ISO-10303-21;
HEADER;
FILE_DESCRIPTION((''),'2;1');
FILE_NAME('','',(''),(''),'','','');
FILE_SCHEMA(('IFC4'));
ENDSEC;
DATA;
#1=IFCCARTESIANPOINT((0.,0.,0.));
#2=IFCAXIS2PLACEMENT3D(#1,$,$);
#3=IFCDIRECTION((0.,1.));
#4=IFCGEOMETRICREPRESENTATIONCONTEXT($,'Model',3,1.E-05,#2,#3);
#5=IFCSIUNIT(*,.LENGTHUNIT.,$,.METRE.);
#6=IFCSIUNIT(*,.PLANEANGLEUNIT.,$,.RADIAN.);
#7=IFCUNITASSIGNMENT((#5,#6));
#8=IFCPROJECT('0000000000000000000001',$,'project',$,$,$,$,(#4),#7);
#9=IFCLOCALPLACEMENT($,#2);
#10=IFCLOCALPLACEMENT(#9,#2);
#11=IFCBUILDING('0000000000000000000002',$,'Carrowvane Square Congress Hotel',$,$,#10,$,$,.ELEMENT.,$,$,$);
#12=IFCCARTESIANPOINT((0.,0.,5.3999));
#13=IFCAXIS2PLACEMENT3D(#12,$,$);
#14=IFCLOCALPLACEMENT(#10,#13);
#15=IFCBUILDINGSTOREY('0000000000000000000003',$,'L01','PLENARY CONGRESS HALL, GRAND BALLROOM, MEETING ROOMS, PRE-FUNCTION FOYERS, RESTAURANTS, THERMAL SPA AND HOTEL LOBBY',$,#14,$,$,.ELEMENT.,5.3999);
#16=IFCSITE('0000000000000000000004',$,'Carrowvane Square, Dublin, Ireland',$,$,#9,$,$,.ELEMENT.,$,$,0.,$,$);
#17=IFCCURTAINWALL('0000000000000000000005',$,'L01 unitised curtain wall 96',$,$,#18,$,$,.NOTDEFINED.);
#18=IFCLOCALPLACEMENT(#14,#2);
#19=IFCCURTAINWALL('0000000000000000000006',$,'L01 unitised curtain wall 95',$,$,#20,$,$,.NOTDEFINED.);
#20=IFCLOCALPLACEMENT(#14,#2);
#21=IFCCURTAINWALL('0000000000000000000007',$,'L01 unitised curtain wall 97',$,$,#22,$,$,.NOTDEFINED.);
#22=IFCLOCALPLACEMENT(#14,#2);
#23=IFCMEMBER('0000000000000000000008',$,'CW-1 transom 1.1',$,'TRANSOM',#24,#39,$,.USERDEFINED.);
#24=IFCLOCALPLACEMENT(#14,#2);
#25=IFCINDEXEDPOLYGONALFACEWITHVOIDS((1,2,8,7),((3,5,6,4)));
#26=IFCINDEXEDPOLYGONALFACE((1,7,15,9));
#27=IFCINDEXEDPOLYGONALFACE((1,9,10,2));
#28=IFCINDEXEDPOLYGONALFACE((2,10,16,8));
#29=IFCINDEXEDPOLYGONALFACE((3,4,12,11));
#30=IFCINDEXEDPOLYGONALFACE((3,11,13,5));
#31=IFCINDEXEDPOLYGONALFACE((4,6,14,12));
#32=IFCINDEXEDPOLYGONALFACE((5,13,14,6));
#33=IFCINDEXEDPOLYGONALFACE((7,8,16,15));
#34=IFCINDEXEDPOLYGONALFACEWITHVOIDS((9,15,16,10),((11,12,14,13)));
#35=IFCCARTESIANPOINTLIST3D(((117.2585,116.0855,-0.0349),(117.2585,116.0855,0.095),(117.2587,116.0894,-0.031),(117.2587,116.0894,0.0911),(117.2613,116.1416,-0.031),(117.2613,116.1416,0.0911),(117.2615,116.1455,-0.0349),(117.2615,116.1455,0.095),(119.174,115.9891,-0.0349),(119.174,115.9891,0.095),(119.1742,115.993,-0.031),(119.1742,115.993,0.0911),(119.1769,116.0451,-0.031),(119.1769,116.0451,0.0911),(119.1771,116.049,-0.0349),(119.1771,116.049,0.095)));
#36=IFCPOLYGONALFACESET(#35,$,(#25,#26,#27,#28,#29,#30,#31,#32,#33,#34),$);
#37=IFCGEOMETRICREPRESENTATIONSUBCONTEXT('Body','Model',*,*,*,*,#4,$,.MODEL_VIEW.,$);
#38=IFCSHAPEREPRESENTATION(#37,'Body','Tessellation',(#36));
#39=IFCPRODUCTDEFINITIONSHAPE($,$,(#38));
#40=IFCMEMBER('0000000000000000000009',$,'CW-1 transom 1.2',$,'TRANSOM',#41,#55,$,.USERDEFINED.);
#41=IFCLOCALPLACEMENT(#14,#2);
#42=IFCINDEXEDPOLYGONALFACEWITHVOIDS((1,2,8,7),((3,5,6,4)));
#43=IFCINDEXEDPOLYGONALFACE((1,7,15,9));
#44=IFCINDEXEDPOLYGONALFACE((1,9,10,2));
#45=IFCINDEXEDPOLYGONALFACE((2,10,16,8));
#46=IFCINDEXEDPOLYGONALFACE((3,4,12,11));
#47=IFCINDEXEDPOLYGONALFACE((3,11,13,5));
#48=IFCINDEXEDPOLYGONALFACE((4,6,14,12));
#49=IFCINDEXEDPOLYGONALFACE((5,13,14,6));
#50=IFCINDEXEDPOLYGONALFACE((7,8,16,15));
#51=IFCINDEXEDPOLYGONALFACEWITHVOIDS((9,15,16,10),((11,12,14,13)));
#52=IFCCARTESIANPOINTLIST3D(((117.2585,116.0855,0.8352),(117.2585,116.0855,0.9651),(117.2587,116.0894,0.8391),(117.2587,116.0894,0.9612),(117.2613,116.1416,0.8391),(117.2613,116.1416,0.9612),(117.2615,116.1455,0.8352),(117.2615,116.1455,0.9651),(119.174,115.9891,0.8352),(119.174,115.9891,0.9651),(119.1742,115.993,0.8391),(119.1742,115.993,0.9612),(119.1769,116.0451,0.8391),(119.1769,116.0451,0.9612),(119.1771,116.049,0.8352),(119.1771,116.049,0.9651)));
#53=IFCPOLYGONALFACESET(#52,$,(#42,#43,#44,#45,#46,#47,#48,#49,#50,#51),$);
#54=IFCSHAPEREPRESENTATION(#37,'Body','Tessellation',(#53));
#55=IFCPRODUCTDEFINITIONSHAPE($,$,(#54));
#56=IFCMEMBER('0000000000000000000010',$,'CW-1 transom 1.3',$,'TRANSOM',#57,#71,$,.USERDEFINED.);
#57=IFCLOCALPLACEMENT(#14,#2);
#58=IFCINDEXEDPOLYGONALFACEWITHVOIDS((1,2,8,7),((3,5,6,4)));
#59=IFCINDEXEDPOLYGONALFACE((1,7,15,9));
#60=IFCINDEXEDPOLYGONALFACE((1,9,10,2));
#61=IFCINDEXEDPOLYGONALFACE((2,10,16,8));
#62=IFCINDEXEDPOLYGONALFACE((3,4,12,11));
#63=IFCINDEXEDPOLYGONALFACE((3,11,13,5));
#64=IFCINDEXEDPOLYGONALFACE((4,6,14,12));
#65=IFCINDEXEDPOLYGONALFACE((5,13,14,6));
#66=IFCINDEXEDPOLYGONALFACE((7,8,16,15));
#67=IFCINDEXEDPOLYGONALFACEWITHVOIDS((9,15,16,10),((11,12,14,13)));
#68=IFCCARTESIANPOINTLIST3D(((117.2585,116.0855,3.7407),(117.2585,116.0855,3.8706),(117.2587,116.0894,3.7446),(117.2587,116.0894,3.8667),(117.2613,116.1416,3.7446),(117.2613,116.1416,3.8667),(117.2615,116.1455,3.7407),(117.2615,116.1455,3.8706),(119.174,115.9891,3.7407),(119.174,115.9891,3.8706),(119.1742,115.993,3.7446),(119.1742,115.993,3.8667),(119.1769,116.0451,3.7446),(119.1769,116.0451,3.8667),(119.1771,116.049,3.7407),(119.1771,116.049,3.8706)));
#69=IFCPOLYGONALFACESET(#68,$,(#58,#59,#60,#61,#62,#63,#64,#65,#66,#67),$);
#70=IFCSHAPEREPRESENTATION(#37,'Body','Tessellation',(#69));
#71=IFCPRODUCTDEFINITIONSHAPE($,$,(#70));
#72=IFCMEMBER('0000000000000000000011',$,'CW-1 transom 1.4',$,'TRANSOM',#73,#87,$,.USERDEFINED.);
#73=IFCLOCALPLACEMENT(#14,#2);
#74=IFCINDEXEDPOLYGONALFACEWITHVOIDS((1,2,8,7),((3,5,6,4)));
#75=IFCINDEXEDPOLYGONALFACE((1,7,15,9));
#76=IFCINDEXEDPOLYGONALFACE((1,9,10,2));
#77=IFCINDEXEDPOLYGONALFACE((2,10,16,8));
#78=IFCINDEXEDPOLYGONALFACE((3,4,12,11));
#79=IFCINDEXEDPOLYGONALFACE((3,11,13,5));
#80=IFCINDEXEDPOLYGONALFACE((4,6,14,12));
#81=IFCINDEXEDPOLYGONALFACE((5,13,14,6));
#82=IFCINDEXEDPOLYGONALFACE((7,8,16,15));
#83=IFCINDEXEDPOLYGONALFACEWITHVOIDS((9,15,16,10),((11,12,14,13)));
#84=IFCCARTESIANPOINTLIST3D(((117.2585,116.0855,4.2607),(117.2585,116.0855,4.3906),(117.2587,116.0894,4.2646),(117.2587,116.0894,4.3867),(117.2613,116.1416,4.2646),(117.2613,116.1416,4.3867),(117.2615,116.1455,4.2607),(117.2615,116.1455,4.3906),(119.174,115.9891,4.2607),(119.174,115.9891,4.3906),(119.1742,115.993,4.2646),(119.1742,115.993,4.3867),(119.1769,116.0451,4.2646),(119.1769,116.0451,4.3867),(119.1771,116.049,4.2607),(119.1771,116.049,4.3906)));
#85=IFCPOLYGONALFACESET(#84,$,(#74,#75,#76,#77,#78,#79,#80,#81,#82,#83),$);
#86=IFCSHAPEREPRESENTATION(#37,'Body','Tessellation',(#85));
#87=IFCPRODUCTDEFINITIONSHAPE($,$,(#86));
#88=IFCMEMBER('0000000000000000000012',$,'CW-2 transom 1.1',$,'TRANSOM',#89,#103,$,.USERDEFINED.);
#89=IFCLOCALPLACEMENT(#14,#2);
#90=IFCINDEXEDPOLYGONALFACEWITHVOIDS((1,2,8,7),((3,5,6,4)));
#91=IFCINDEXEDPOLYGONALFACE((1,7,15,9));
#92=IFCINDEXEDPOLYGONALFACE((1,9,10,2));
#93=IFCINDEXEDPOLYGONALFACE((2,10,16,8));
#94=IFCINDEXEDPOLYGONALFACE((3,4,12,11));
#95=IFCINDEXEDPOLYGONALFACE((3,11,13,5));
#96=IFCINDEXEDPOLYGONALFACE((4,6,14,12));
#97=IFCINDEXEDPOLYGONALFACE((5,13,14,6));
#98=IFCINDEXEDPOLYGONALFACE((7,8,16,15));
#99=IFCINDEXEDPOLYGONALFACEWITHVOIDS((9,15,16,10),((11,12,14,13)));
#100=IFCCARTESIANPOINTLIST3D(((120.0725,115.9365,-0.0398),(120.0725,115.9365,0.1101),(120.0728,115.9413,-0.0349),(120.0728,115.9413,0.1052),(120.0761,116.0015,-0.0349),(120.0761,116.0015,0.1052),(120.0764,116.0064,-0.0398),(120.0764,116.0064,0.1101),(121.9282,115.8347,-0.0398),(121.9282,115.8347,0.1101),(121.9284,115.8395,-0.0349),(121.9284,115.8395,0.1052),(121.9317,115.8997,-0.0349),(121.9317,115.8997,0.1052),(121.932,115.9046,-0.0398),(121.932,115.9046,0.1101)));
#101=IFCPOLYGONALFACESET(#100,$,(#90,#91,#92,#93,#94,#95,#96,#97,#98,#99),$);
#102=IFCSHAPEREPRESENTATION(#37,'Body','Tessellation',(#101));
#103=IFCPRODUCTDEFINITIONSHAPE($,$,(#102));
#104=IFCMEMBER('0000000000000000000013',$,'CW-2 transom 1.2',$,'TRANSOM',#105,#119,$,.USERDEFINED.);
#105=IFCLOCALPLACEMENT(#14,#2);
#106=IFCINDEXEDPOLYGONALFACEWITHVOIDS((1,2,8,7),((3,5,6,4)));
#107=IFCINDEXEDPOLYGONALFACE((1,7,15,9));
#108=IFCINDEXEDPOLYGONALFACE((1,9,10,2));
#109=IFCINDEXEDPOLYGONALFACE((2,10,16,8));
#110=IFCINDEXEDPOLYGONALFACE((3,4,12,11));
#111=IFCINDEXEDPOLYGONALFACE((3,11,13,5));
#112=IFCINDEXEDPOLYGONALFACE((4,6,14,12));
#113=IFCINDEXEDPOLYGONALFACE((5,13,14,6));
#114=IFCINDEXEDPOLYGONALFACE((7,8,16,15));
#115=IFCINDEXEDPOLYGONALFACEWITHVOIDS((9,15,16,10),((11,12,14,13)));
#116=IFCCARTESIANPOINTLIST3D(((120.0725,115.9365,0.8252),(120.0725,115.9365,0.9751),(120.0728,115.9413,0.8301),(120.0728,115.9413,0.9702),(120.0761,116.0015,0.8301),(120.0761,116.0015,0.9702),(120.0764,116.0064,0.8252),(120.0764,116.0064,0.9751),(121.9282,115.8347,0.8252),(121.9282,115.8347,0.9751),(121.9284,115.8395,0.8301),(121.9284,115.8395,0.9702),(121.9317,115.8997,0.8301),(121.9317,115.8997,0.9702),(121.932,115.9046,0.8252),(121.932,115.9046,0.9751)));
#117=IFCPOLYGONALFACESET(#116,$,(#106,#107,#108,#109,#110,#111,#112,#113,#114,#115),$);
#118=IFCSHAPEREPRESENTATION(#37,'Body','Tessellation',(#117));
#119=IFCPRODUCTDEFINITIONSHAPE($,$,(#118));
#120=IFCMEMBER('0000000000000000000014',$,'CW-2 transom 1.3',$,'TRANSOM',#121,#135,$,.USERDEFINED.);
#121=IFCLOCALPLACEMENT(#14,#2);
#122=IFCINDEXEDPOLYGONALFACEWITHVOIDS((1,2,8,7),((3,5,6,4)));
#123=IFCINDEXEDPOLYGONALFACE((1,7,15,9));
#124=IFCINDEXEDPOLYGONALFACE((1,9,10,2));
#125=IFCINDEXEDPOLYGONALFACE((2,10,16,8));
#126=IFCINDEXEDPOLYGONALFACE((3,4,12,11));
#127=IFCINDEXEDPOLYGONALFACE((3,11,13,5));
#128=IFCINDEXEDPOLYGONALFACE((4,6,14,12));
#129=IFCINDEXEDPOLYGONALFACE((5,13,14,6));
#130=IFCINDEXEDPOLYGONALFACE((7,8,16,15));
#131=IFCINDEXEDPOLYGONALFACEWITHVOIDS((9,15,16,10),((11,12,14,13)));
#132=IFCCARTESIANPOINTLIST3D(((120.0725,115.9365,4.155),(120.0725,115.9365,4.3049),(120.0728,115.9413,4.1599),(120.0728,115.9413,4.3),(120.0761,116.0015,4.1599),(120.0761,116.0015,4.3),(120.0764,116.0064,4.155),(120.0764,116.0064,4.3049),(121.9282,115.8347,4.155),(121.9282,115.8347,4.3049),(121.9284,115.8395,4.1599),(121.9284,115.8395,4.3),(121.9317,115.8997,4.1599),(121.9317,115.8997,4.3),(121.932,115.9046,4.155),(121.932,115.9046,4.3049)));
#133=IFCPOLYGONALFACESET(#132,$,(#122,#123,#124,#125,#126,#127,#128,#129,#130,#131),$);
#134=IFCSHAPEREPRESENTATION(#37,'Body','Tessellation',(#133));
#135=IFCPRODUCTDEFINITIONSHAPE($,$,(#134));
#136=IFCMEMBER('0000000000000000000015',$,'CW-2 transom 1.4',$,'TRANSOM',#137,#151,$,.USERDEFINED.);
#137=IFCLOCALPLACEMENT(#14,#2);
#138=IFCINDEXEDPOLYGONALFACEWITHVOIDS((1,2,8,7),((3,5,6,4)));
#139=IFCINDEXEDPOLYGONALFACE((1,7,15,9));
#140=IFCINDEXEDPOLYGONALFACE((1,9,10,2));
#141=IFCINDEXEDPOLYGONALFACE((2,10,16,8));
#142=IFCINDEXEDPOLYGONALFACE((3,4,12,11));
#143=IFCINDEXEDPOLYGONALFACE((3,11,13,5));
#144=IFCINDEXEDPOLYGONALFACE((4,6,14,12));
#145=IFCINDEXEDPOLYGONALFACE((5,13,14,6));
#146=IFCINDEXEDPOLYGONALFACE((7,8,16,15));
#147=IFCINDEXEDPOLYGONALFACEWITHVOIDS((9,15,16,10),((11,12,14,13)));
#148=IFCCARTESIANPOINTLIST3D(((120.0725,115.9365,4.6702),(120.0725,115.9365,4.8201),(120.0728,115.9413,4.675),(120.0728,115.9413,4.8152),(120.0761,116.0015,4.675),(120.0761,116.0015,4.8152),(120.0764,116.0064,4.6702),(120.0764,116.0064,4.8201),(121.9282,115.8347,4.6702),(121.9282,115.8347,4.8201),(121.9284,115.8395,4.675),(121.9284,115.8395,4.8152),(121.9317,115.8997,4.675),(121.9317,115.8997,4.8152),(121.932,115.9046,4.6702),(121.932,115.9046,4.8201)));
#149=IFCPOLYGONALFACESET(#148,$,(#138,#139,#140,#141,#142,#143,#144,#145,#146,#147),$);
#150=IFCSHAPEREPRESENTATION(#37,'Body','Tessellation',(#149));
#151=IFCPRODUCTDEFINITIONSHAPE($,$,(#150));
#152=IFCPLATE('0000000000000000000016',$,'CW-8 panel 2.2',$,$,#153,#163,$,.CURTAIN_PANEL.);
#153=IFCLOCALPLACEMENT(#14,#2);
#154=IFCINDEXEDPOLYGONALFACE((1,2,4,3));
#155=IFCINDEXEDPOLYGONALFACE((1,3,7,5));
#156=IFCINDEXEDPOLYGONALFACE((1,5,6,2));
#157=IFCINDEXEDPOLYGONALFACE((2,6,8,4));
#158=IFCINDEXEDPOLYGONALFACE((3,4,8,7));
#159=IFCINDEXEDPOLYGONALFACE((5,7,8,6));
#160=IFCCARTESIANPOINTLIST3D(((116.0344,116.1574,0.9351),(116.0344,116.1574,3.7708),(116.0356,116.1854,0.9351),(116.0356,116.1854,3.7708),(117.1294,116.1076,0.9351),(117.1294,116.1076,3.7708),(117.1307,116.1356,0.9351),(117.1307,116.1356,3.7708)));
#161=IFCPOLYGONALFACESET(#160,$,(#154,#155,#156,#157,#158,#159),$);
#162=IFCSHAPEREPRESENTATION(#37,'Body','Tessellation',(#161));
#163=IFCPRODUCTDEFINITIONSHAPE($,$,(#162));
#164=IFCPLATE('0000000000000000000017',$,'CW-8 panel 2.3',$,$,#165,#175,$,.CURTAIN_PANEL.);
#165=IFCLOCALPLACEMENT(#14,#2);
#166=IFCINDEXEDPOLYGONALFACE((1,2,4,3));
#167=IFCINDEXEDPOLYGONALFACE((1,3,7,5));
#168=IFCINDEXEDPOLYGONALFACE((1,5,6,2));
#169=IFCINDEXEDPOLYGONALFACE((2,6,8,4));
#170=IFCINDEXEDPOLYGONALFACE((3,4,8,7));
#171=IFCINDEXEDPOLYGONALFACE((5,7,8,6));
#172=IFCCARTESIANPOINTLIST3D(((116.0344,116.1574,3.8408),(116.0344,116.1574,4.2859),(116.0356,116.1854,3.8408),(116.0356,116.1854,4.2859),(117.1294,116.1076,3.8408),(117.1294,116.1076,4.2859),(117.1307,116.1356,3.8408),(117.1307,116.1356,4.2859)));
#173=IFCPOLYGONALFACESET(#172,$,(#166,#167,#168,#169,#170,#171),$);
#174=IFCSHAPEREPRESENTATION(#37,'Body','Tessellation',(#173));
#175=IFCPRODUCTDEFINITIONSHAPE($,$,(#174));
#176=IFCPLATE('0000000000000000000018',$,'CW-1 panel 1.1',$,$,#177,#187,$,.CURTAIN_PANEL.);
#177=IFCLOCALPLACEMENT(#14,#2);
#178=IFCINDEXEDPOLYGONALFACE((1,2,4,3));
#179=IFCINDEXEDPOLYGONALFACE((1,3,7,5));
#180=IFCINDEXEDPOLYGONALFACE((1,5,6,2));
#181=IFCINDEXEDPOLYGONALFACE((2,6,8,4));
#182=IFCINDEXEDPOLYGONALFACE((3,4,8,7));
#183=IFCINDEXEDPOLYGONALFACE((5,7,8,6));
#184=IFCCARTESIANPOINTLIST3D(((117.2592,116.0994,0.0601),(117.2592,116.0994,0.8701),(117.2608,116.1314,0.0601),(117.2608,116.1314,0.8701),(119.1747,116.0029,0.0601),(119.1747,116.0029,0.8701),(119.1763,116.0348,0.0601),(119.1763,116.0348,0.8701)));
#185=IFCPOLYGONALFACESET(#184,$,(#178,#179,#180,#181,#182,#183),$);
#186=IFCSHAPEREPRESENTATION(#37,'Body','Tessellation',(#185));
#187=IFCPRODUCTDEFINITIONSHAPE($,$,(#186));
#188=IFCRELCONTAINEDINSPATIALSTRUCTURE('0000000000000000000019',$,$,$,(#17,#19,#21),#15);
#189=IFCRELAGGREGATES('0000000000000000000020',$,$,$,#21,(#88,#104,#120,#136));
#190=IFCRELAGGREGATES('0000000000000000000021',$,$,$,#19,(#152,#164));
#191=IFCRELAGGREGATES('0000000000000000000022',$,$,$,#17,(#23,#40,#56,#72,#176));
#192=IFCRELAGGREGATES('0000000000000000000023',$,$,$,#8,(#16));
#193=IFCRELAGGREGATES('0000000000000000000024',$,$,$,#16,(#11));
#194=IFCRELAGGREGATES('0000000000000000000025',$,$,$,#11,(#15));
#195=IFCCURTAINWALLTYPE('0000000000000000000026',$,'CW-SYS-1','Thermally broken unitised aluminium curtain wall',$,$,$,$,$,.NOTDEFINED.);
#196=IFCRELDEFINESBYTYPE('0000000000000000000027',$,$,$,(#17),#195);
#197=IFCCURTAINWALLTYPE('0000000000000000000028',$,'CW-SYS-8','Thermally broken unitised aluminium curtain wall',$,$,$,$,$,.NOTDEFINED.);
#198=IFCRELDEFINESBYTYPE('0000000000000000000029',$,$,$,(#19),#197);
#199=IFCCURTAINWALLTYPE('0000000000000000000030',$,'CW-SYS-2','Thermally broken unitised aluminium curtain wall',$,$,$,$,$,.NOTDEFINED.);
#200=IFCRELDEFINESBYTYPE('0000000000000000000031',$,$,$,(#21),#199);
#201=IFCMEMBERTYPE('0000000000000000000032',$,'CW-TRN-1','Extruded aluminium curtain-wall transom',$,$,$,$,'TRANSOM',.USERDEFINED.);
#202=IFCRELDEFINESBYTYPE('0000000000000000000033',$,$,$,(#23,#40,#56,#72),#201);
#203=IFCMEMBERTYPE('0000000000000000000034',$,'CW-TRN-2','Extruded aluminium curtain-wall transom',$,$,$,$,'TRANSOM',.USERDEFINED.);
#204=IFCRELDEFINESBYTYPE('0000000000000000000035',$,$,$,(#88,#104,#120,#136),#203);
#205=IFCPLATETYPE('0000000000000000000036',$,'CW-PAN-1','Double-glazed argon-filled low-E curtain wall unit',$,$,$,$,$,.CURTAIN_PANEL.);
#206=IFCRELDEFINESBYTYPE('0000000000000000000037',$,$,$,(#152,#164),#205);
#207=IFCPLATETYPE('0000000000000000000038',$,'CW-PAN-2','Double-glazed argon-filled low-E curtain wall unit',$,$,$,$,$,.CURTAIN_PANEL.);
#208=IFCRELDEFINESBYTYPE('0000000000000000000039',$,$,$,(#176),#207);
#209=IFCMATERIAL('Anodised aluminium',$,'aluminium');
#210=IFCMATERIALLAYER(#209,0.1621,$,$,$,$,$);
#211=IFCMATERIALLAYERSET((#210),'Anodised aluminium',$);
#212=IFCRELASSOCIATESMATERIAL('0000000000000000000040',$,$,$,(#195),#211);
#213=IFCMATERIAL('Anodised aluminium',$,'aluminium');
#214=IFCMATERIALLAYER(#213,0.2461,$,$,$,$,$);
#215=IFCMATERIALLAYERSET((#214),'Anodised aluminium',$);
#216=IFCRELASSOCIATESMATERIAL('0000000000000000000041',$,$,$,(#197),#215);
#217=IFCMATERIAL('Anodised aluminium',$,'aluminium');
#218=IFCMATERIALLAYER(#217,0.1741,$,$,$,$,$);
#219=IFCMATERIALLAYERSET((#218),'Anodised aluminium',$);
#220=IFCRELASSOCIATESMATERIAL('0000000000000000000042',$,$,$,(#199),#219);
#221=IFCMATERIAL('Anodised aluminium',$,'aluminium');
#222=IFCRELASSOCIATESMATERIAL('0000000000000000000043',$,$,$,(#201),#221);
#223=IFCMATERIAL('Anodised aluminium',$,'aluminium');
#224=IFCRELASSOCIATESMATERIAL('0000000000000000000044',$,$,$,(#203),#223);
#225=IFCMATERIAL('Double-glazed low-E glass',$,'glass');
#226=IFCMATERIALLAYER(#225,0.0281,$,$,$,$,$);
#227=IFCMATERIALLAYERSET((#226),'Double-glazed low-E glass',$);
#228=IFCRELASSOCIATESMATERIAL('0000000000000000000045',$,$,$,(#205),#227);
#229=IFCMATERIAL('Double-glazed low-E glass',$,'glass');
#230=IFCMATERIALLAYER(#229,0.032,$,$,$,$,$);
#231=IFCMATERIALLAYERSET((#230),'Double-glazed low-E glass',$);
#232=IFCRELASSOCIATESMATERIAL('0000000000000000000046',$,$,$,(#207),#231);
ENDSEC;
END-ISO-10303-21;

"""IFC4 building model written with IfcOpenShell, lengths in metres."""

from ifc_helpers import new_model, si_unit, direction, frame, origin, origin_2d, place, context, subcontext, project, spatial, rectangle, hollow_rectangle, extrude, material, layer, layer_set, material_profile, profile_set, type_object, element, aggregate, save


model = new_model("IFC4")

# Units and contexts
model_context = context("Model", 3, precision=1e-05, world=origin(), true_north=direction((0.0, 1.0)))
body_context = subcontext(model_context, "Body", "Model", "MODEL_VIEW")
ifc_project = project(units=[si_unit("LENGTHUNIT", "METRE"), si_unit("PLANEANGLEUNIT", "RADIAN")], contexts=[model_context])

# Site, building, storey
site_placement = place(None, origin())
site = spatial("IfcSite", under=ifc_project, at=site_placement, Name="Carrowvane Square, Dublin, Ireland", CompositionType="ELEMENT", RefElevation=0.0)
building_placement = place(site_placement, origin())
building = spatial("IfcBuilding", under=site, at=building_placement, Name="Carrowvane Square Congress Hotel", CompositionType="ELEMENT")
storey_placement = place(building_placement, frame((0.0, 0.0, 5.3999)))
storey = spatial("IfcBuildingStorey", under=building, at=storey_placement, Name="L01", Description="PLENARY CONGRESS HALL, GRAND BALLROOM, MEETING ROOMS, PRE-FUNCTION FOYERS, RESTAURANTS, THERMAL SPA AND HOTEL LOBBY", CompositionType="ELEMENT", Elevation=5.3999)

# Curtain wall
ifc_material_1 = material(Name="Anodised aluminium", Category="aluminium")
ifc_layer_1 = layer(ifc_material_1, 0.1621)
ifc_layer_set_1 = layer_set([ifc_layer_1], Name="Anodised aluminium")
curtain_wall_type_1 = type_object("IfcCurtainWallType", Name="CW-SYS-1", Description="Thermally broken unitised aluminium curtain wall", PredefinedType="NOTDEFINED", material=ifc_layer_set_1)
curtain_wall_1_placement = place(storey_placement, origin())
curtain_wall_1 = element("IfcCurtainWall", 1, at=curtain_wall_1_placement, inside=storey, type_object=curtain_wall_type_1, Name="L01 unitised curtain wall 96", PredefinedType="NOTDEFINED")

# Curtain walls
ifc_material_2 = material(Name="Anodised aluminium", Category="aluminium")
ifc_layer_2 = layer(ifc_material_2, 0.2461)
ifc_layer_set_2 = layer_set([ifc_layer_2], Name="Anodised aluminium")
curtain_wall_type_2 = type_object("IfcCurtainWallType", Name="CW-SYS-8", Description="Thermally broken unitised aluminium curtain wall", PredefinedType="NOTDEFINED", material=ifc_layer_set_2)
curtain_wall_2_placement = place(storey_placement, origin())
curtain_wall_2 = element("IfcCurtainWall", 2, at=curtain_wall_2_placement, inside=storey, type_object=curtain_wall_type_2, Name="L01 unitised curtain wall 95", PredefinedType="NOTDEFINED")
ifc_material_3 = material(Name="Anodised aluminium", Category="aluminium")
ifc_layer_3 = layer(ifc_material_3, 0.1741)
ifc_layer_set_3 = layer_set([ifc_layer_3], Name="Anodised aluminium")
curtain_wall_type_3 = type_object("IfcCurtainWallType", Name="CW-SYS-2", Description="Thermally broken unitised aluminium curtain wall", PredefinedType="NOTDEFINED", material=ifc_layer_set_3)
curtain_wall_3_placement = place(storey_placement, origin())
curtain_wall_3 = element("IfcCurtainWall", 3, at=curtain_wall_3_placement, inside=storey, type_object=curtain_wall_type_3, Name="L01 unitised curtain wall 97", PredefinedType="NOTDEFINED")

# Members
ifc_material_4 = material(Name="Anodised aluminium", Category="aluminium")
ifc_material_profile_1 = material_profile(ifc_material_4, hollow_rectangle(XDim=0.0601, YDim=0.1299, WallThickness=0.0039, at=origin_2d()), Name="CW-TR 60x130x4")
ifc_profile_set_1 = profile_set([ifc_material_profile_1], Name="Anodised aluminium")
member_type_1 = type_object("IfcMemberType", Name="CW-TRN-1", Description="Extruded aluminium curtain-wall transom", ElementType="TRANSOM", PredefinedType="USERDEFINED", material=ifc_profile_set_1)
member_1_placement = place(storey_placement, frame((117.26, 116.1155, 0.03), z_axis=(0.998735, -0.05028, 0.0), x_axis=(0.05028, 0.998735, 0.0)))
member_1 = element("IfcMember", 4, at=member_1_placement, type_object=member_type_1, Name="CW-1 transom 1.1", ObjectType="TRANSOM", PredefinedType="USERDEFINED", context=body_context, shape_type="SweptSolid", body=[
    extrude(hollow_rectangle(XDim=0.0601, YDim=0.1299, WallThickness=0.0039, at=origin_2d()), origin(), (0.0, 0.0, 1.0), 1.918),
])
member_2_placement = place(storey_placement, frame((117.26, 116.1155, 0.9001), z_axis=(0.998735, -0.05028, 0.0), x_axis=(0.05028, 0.998735, 0.0)))
member_2 = element("IfcMember", 5, at=member_2_placement, type_object=member_type_1, Name="CW-1 transom 1.2", ObjectType="TRANSOM", PredefinedType="USERDEFINED", context=body_context, shape_type="SweptSolid", body=[
    extrude(hollow_rectangle(XDim=0.0601, YDim=0.1299, WallThickness=0.0039, at=origin_2d()), origin(), (0.0, 0.0, 1.0), 1.918),
])
member_3_placement = place(storey_placement, frame((117.26, 116.1155, 3.8057), z_axis=(0.998735, -0.05028, 0.0), x_axis=(0.05028, 0.998735, 0.0)))
member_3 = element("IfcMember", 6, at=member_3_placement, type_object=member_type_1, Name="CW-1 transom 1.3", ObjectType="TRANSOM", PredefinedType="USERDEFINED", context=body_context, shape_type="SweptSolid", body=[
    extrude(hollow_rectangle(XDim=0.0601, YDim=0.1299, WallThickness=0.0039, at=origin_2d()), origin(), (0.0, 0.0, 1.0), 1.918),
])
member_4_placement = place(storey_placement, frame((117.26, 116.1155, 4.3257), z_axis=(0.998735, -0.05028, 0.0), x_axis=(0.05028, 0.998735, 0.0)))
member_4 = element("IfcMember", 7, at=member_4_placement, type_object=member_type_1, Name="CW-1 transom 1.4", ObjectType="TRANSOM", PredefinedType="USERDEFINED", context=body_context, shape_type="SweptSolid", body=[
    extrude(hollow_rectangle(XDim=0.0601, YDim=0.1299, WallThickness=0.0039, at=origin_2d()), origin(), (0.0, 0.0, 1.0), 1.918),
])
ifc_material_5 = material(Name="Anodised aluminium", Category="aluminium")
ifc_material_profile_2 = material_profile(ifc_material_5, hollow_rectangle(XDim=0.0701, YDim=0.1499, WallThickness=0.0049, at=origin_2d()), Name="CW-TR 70x150x5")
ifc_profile_set_2 = profile_set([ifc_material_profile_2], Name="Anodised aluminium")
member_type_2 = type_object("IfcMemberType", Name="CW-TRN-2", Description="Extruded aluminium curtain-wall transom", ElementType="TRANSOM", PredefinedType="USERDEFINED", material=ifc_profile_set_2)
member_5_placement = place(storey_placement, frame((120.0745, 115.9714, 0.0352), z_axis=(0.998499, -0.054779, 0.0), x_axis=(0.054779, 0.998499, 0.0)))
member_5 = element("IfcMember", 8, at=member_5_placement, type_object=member_type_2, Name="CW-2 transom 1.1", ObjectType="TRANSOM", PredefinedType="USERDEFINED", context=body_context, shape_type="SweptSolid", body=[
    extrude(hollow_rectangle(XDim=0.0701, YDim=0.1499, WallThickness=0.0049, at=origin_2d()), origin(), (0.0, 0.0, 1.0), 1.8584),
])
member_6_placement = place(storey_placement, frame((120.0745, 115.9714, 0.9001), z_axis=(0.998499, -0.054779, 0.0), x_axis=(0.054779, 0.998499, 0.0)))
member_6 = element("IfcMember", 9, at=member_6_placement, type_object=member_type_2, Name="CW-2 transom 1.2", ObjectType="TRANSOM", PredefinedType="USERDEFINED", context=body_context, shape_type="SweptSolid", body=[
    extrude(hollow_rectangle(XDim=0.0701, YDim=0.1499, WallThickness=0.0049, at=origin_2d()), origin(), (0.0, 0.0, 1.0), 1.8584),
])
member_7_placement = place(storey_placement, frame((120.0745, 115.9714, 4.23), z_axis=(0.998499, -0.054779, 0.0), x_axis=(0.054779, 0.998499, 0.0)))
member_7 = element("IfcMember", 10, at=member_7_placement, type_object=member_type_2, Name="CW-2 transom 1.3", ObjectType="TRANSOM", PredefinedType="USERDEFINED", context=body_context, shape_type="SweptSolid", body=[
    extrude(hollow_rectangle(XDim=0.0701, YDim=0.1499, WallThickness=0.0049, at=origin_2d()), origin(), (0.0, 0.0, 1.0), 1.8584),
])
member_8_placement = place(storey_placement, frame((120.0745, 115.9714, 4.7451), z_axis=(0.998499, -0.054779, 0.0), x_axis=(0.054779, 0.998499, 0.0)))
member_8 = element("IfcMember", 11, at=member_8_placement, type_object=member_type_2, Name="CW-2 transom 1.4", ObjectType="TRANSOM", PredefinedType="USERDEFINED", context=body_context, shape_type="SweptSolid", body=[
    extrude(hollow_rectangle(XDim=0.0701, YDim=0.1499, WallThickness=0.0049, at=origin_2d()), origin(), (0.0, 0.0, 1.0), 1.8584),
])
aggregate(curtain_wall_3, [member_5, member_6, member_7, member_8])

# Plates
ifc_material_6 = material(Name="Double-glazed low-E glass", Category="glass")
ifc_layer_4 = layer(ifc_material_6, 0.0281)
ifc_layer_set_4 = layer_set([ifc_layer_4], Name="Double-glazed low-E glass")
plate_type_1 = type_object("IfcPlateType", Name="CW-PAN-1", Description="Double-glazed argon-filled low-E curtain wall unit", PredefinedType="CURTAIN_PANEL", material=ifc_layer_set_4)
plate_1_placement = place(storey_placement, frame((116.5825, 116.1465, 0.9351), z_axis=(0.0, 0.0, 1.0), x_axis=(0.998968, -0.045411, 0.0)))
plate_1 = element("IfcPlate", 12, at=plate_1_placement, type_object=plate_type_1, Name="CW-8 panel 2.2", PredefinedType="CURTAIN_PANEL", context=body_context, shape_type="SweptSolid", body=[
    extrude(rectangle(XDim=1.0962, YDim=0.0281, at=origin_2d()), origin(), (0.0, 0.0, 1.0), 2.8357),
])
plate_2_placement = place(storey_placement, frame((116.5825, 116.1465, 3.8408), z_axis=(0.0, 0.0, 1.0), x_axis=(0.998968, -0.045411, 0.0)))
plate_2 = element("IfcPlate", 13, at=plate_2_placement, type_object=plate_type_1, Name="CW-8 panel 2.3", PredefinedType="CURTAIN_PANEL", context=body_context, shape_type="SweptSolid", body=[
    extrude(rectangle(XDim=1.0962, YDim=0.0281, at=origin_2d()), origin(), (0.0, 0.0, 1.0), 0.4451),
])
aggregate(curtain_wall_2, [plate_1, plate_2])
ifc_material_7 = material(Name="Double-glazed low-E glass", Category="glass")
ifc_layer_5 = layer(ifc_material_7, 0.032)
ifc_layer_set_5 = layer_set([ifc_layer_5], Name="Double-glazed low-E glass")
plate_type_2 = type_object("IfcPlateType", Name="CW-PAN-2", Description="Double-glazed argon-filled low-E curtain wall unit", PredefinedType="CURTAIN_PANEL", material=ifc_layer_set_5)
plate_3_placement = place(storey_placement, frame((118.2178, 116.0671, 0.0601), z_axis=(0.0, 0.0, 1.0), x_axis=(0.998733, -0.050324, 0.0)))
plate_3 = element("IfcPlate", 14, at=plate_3_placement, type_object=plate_type_2, Name="CW-1 panel 1.1", PredefinedType="CURTAIN_PANEL", context=body_context, shape_type="SweptSolid", body=[
    extrude(rectangle(XDim=1.918, YDim=0.032, at=origin_2d()), origin(), (0.0, 0.0, 1.0), 0.8101),
])
aggregate(curtain_wall_1, [member_1, member_2, member_3, member_4, plate_3])

save(model, "model.ifc")
